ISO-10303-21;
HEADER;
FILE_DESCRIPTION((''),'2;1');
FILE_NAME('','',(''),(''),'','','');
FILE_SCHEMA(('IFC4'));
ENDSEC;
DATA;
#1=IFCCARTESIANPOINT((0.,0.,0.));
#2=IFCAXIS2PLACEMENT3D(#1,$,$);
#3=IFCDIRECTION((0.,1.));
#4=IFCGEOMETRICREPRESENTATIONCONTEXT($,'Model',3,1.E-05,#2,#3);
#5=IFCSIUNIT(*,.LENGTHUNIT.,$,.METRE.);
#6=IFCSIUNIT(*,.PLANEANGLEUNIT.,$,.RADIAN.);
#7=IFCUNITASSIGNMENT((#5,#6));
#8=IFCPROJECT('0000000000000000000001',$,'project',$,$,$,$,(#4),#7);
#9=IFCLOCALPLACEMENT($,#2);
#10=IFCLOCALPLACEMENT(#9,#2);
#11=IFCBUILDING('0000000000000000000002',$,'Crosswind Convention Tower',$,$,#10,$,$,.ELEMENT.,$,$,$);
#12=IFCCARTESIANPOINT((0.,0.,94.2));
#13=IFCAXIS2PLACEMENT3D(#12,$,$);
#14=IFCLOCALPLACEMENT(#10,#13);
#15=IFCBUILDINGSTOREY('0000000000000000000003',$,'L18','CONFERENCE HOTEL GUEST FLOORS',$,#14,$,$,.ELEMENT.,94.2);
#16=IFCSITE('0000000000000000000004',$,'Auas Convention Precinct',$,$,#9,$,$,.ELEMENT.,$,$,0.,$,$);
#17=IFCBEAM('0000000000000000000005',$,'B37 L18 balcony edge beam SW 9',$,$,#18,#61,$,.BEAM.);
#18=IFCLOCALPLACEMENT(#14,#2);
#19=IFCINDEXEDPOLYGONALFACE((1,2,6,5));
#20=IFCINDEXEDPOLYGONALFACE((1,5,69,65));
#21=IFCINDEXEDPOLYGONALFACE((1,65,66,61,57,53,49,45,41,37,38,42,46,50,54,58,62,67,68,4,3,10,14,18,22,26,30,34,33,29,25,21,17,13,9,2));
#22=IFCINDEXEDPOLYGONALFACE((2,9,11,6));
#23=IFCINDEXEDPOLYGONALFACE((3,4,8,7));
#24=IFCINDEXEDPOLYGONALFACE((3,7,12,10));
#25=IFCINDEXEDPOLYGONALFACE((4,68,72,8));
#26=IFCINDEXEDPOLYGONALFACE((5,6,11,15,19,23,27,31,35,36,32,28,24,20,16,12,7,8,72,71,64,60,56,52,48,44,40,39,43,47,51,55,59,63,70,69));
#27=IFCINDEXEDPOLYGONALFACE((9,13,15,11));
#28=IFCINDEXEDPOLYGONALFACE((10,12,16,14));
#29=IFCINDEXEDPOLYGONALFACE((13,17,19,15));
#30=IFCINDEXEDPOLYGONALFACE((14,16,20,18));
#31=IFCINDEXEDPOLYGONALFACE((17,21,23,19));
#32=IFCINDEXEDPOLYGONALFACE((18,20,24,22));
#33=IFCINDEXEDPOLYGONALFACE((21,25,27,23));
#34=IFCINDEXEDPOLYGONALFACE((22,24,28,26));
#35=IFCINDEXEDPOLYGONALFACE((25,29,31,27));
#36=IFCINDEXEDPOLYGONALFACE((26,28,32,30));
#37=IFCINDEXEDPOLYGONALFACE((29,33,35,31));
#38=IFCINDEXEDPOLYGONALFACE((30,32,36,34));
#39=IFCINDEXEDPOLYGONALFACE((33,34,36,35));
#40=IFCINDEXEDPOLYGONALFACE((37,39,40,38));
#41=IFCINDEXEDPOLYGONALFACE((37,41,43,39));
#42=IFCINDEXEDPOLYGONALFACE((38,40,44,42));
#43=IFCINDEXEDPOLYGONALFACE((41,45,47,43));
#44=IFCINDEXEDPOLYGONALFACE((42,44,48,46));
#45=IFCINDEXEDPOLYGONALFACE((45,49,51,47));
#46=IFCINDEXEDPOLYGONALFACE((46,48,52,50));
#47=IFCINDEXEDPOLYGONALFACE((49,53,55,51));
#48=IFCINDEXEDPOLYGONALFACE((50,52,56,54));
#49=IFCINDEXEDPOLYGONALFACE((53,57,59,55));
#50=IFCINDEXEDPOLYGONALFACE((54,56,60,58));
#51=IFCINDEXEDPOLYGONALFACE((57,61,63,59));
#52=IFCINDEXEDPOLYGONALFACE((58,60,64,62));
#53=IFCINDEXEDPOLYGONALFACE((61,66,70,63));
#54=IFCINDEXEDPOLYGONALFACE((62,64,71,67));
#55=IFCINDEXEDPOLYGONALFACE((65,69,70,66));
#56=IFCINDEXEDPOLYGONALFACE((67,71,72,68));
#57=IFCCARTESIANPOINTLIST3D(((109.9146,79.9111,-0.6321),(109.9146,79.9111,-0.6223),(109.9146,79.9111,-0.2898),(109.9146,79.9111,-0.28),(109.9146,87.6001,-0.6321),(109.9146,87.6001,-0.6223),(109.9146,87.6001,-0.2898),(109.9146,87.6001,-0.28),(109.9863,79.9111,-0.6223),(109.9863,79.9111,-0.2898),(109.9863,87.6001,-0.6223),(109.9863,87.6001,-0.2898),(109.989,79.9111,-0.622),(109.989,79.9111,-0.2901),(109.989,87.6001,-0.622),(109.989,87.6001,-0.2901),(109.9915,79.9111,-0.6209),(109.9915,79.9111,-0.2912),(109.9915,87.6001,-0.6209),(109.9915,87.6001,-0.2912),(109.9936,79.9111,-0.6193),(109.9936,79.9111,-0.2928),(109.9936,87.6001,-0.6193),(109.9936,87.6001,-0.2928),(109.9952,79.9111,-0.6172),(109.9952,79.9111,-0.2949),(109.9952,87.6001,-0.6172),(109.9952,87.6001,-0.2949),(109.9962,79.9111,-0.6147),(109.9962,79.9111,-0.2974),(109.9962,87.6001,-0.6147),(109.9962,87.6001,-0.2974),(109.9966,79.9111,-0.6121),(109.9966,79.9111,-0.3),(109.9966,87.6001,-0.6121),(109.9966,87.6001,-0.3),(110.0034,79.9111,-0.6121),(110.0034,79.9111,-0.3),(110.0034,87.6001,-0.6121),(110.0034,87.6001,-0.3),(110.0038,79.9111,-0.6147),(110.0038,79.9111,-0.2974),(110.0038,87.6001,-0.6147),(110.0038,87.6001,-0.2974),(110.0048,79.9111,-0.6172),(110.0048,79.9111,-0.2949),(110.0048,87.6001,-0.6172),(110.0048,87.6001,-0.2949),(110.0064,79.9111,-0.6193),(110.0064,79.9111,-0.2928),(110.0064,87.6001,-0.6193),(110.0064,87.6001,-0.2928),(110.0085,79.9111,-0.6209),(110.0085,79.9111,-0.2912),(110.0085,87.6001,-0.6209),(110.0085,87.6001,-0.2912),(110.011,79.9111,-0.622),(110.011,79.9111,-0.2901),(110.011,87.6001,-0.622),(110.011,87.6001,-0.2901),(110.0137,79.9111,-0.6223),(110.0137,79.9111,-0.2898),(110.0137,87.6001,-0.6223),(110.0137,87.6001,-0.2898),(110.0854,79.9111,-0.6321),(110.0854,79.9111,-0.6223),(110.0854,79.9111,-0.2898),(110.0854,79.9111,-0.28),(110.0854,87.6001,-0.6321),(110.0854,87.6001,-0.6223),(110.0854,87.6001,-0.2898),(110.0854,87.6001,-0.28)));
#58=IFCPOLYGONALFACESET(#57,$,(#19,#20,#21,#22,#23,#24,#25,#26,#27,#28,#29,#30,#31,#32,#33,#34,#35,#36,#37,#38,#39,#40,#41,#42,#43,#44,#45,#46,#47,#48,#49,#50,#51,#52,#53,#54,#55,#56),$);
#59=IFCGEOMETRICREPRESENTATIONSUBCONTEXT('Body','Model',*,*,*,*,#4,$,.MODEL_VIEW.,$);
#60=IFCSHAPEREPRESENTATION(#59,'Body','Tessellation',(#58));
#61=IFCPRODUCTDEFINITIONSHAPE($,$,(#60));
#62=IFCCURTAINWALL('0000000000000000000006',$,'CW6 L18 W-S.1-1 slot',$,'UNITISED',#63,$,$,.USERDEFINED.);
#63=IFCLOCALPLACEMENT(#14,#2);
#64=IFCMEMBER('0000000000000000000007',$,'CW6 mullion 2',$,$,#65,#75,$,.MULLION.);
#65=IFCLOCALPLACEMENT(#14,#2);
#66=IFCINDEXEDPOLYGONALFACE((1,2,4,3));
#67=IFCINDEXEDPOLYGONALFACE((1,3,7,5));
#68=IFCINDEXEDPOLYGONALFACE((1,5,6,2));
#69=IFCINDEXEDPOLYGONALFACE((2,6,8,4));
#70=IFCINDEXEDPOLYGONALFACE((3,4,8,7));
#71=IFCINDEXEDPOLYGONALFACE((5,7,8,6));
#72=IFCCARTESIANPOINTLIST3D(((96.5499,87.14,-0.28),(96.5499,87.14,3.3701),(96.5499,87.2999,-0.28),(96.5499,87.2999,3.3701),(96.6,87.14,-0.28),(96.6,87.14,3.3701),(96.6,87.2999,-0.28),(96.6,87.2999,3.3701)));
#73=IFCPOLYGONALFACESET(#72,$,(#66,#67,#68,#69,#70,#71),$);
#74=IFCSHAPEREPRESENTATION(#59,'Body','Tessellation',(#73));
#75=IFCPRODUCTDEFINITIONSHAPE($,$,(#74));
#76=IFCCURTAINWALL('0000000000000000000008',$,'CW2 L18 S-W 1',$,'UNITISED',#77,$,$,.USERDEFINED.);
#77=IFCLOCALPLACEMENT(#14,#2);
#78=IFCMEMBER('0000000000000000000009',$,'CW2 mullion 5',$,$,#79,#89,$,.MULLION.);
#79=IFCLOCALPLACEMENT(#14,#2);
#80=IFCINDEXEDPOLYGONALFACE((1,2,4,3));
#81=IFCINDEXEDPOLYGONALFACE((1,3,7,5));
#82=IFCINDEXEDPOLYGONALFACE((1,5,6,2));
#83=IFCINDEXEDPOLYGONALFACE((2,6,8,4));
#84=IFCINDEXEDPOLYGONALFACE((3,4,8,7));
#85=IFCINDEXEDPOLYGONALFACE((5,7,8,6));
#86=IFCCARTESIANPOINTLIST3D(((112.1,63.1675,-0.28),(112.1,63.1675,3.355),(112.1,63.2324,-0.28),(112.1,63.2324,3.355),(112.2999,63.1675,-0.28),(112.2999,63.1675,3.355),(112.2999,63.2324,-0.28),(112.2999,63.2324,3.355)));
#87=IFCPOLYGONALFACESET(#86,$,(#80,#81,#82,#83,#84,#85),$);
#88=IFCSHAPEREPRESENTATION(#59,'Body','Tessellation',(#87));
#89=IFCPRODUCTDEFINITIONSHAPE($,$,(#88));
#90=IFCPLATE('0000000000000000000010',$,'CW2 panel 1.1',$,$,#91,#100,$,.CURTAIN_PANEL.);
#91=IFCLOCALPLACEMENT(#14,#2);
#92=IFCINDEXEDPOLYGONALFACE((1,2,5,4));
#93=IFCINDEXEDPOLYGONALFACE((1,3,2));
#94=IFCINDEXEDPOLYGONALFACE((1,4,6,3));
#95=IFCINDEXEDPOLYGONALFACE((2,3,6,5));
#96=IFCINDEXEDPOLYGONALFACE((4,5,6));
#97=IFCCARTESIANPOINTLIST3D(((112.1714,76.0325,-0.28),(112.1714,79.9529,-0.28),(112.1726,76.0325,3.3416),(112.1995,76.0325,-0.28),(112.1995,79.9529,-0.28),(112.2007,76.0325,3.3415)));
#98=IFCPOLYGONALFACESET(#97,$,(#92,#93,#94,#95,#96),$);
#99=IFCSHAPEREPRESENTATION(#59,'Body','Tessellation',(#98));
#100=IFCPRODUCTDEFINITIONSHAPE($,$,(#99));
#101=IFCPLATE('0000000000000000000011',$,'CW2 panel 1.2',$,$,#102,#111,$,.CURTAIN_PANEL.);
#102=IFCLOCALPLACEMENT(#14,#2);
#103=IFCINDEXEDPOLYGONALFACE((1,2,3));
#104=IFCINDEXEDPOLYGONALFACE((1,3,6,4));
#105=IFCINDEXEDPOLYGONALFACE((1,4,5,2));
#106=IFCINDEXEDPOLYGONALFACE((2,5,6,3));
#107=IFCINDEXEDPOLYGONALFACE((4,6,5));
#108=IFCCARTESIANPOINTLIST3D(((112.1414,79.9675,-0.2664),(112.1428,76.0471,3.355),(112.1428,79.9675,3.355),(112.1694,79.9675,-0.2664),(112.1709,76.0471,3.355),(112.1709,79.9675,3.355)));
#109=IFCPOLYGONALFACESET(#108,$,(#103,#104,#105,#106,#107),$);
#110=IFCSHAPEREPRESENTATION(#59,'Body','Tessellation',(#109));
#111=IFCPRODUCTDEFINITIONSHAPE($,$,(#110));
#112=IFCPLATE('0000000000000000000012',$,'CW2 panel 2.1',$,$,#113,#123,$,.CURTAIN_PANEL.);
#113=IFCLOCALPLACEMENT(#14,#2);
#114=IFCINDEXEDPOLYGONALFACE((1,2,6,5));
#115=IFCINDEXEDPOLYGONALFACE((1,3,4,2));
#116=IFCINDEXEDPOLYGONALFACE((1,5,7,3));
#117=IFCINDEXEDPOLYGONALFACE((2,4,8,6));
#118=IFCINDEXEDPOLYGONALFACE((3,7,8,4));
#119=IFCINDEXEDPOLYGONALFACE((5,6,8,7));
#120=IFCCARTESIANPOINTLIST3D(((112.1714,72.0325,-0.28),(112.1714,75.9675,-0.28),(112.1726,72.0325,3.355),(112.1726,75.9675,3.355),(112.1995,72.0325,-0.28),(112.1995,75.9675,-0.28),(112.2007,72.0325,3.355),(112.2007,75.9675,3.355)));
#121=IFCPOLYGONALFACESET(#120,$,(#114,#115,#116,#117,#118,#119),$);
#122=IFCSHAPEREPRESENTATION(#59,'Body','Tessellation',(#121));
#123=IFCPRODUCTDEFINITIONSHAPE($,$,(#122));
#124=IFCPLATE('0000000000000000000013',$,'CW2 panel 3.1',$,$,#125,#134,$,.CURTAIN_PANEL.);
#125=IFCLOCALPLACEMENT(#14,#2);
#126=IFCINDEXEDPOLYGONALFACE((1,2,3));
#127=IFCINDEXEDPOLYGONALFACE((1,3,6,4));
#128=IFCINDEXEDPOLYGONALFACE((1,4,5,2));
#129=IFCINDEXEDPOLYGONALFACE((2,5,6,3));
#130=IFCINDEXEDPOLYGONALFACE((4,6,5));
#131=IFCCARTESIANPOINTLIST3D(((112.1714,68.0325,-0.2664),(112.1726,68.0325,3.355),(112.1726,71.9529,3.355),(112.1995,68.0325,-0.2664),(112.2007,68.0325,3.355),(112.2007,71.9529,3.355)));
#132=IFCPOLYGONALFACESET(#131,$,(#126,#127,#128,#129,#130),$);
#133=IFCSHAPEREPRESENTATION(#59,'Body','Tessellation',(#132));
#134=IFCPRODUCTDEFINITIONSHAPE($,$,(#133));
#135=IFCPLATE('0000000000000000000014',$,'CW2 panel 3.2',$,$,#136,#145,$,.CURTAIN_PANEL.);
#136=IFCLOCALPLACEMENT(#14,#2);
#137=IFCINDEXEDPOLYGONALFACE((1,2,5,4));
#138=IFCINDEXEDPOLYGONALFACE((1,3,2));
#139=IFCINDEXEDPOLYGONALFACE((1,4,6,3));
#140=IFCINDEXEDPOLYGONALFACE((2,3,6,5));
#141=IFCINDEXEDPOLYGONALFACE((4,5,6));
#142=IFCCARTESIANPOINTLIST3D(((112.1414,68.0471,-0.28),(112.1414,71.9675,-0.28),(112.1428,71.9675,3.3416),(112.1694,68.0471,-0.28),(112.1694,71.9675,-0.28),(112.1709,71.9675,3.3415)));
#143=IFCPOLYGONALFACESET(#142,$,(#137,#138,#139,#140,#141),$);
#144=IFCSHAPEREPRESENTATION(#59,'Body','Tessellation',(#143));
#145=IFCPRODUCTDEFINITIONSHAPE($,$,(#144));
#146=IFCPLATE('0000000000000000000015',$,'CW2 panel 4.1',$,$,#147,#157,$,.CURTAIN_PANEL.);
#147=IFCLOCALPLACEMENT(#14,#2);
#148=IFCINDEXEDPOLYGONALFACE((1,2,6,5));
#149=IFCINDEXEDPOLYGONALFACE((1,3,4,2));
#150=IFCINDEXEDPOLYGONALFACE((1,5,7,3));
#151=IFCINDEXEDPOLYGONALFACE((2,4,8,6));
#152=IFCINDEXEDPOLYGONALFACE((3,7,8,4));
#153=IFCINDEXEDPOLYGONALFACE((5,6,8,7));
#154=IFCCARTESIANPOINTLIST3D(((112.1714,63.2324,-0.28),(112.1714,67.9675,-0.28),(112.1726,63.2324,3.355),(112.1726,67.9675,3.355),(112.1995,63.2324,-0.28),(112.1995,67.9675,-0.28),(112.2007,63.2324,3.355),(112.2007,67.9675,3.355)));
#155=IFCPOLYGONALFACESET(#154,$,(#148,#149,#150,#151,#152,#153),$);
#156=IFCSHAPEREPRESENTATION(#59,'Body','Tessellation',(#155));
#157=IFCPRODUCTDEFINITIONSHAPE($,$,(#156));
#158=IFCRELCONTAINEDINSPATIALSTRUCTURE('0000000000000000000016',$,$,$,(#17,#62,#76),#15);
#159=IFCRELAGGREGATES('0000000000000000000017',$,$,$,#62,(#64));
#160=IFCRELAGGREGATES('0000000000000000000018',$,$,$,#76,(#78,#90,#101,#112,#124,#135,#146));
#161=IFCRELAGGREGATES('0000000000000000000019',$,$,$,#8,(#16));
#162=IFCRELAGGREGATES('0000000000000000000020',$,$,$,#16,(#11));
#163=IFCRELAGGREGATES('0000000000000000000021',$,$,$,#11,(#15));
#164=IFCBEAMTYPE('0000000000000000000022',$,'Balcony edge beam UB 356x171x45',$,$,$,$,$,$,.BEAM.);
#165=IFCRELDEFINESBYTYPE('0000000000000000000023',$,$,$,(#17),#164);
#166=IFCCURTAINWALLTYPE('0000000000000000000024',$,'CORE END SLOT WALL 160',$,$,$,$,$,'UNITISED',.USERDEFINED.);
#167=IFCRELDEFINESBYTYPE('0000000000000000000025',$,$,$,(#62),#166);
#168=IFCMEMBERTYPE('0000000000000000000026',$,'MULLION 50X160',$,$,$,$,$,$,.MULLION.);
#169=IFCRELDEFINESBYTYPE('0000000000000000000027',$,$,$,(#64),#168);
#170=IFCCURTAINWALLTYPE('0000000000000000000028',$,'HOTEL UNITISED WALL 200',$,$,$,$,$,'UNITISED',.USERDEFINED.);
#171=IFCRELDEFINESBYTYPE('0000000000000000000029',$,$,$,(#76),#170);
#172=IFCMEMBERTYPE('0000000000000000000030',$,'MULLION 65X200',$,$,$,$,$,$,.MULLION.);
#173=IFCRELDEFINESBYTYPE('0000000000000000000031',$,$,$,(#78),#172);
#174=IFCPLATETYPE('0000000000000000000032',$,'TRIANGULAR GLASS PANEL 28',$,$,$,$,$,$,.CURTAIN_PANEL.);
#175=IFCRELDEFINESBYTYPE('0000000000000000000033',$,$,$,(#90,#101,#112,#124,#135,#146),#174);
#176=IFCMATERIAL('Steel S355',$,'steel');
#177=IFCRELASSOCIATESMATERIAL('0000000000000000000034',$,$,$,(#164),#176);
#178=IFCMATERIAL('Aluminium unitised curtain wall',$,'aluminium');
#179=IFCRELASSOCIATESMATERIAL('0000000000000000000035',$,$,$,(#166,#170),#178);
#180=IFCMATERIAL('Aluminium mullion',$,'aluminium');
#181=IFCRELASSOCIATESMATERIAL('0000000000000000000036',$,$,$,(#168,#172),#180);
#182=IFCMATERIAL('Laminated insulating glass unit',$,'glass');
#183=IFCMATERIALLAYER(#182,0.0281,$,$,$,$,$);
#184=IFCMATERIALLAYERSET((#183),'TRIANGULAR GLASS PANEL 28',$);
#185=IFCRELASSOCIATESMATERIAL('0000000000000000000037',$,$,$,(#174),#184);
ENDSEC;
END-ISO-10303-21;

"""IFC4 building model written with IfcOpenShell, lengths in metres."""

from ifc_helpers import new_model, si_unit, direction, frame, origin, origin_2d, place, context, subcontext, project, spatial, polyline, rectangle, i_section, outline, extrude, material, layer, layer_set, material_profile, profile_set, type_object, element, aggregate, save


model = new_model("IFC4")

# Units and contexts
model_context = context("Model", 3, precision=1e-05, world=origin(), true_north=direction((0.0, 1.0)))
body_context = subcontext(model_context, "Body", "Model", "MODEL_VIEW")
ifc_project = project(units=[si_unit("LENGTHUNIT", "METRE"), si_unit("PLANEANGLEUNIT", "RADIAN")], contexts=[model_context])

# Site, building, storey
site_placement = place(None, origin())
site = spatial("IfcSite", under=ifc_project, at=site_placement, Name="Auas Convention Precinct", CompositionType="ELEMENT", RefElevation=0.0)
building_placement = place(site_placement, origin())
building = spatial("IfcBuilding", under=site, at=building_placement, Name="Crosswind Convention Tower", CompositionType="ELEMENT")
storey_placement = place(building_placement, frame((0.0, 0.0, 94.2)))
storey = spatial("IfcBuildingStorey", under=building, at=storey_placement, Name="L18", Description="CONFERENCE HOTEL GUEST FLOORS", CompositionType="ELEMENT", Elevation=94.2)

# Beam
ifc_material_1 = material(Name="Steel S355", Category="steel")
ifc_material_profile_1 = material_profile(ifc_material_1, i_section(OverallWidth=0.1709, OverallDepth=0.3521, WebThickness=0.0068, FlangeThickness=0.0098, FilletRadius=0.0103, at=origin_2d()), Name="UB 356x171x45")
ifc_profile_set_1 = profile_set([ifc_material_profile_1], Name="Steel S355")
beam_type = type_object("IfcBeamType", Name="Balcony edge beam UB 356x171x45", PredefinedType="BEAM", material=ifc_profile_set_1)
beam_placement = place(storey_placement, frame((110.0, 87.6001, -0.4561), z_axis=(0.0, -1.0, 0.0), x_axis=(1.0, 0.0, 0.0)))
element("IfcBeam", 1, at=beam_placement, inside=storey, type_object=beam_type, Name="B37 L18 balcony edge beam SW 9", PredefinedType="BEAM", context=body_context, shape_type="SweptSolid", body=[
    extrude(i_section(OverallWidth=0.1709, OverallDepth=0.3521, WebThickness=0.0068, FlangeThickness=0.0098, FilletRadius=0.0103, at=origin_2d()), origin(), (0.0, 0.0, 1.0), 7.689),
])

# Curtain wall, member
ifc_material_2 = material(Name="Aluminium unitised curtain wall", Category="aluminium")
curtain_wall_type_1 = type_object("IfcCurtainWallType", Name="CORE END SLOT WALL 160", ElementType="UNITISED", PredefinedType="USERDEFINED", material=ifc_material_2)
curtain_wall_1_placement = place(storey_placement, origin())
curtain_wall_1 = element("IfcCurtainWall", 2, at=curtain_wall_1_placement, inside=storey, type_object=curtain_wall_type_1, Name="CW6 L18 W-S.1-1 slot", ObjectType="UNITISED", PredefinedType="USERDEFINED")
ifc_material_3 = material(Name="Aluminium mullion", Category="aluminium")
ifc_material_profile_2 = material_profile(ifc_material_3, rectangle(XDim=0.1599, YDim=0.05, at=origin_2d()), Name="AL 160X50")
ifc_profile_set_2 = profile_set([ifc_material_profile_2], Name="Aluminium mullion")
member_type_1 = type_object("IfcMemberType", Name="MULLION 50X160", PredefinedType="MULLION", material=ifc_profile_set_2)
member_1_placement = place(storey_placement, frame((96.575, 87.22, -0.28), z_axis=(0.0, 0.0, 1.0), x_axis=(0.0, -1.0, 0.0)))
member_1 = element("IfcMember", 3, at=member_1_placement, type_object=member_type_1, Name="CW6 mullion 2", PredefinedType="MULLION", context=body_context, shape_type="SweptSolid", body=[
    extrude(rectangle(XDim=0.1599, YDim=0.05, at=origin_2d()), origin(), (0.0, 0.0, 1.0), 3.6501),
])
aggregate(curtain_wall_1, [member_1])

# Curtain wall, member, plates
curtain_wall_type_2 = type_object("IfcCurtainWallType", Name="HOTEL UNITISED WALL 200", ElementType="UNITISED", PredefinedType="USERDEFINED", material=ifc_material_2)
curtain_wall_2_placement = place(storey_placement, origin())
curtain_wall_2 = element("IfcCurtainWall", 4, at=curtain_wall_2_placement, inside=storey, type_object=curtain_wall_type_2, Name="CW2 L18 S-W 1", ObjectType="UNITISED", PredefinedType="USERDEFINED")
ifc_material_profile_3 = material_profile(ifc_material_3, rectangle(XDim=0.2, YDim=0.0649, at=origin_2d()), Name="AL 200X65")
ifc_profile_set_3 = profile_set([ifc_material_profile_3], Name="Aluminium mullion")
member_type_2 = type_object("IfcMemberType", Name="MULLION 65X200", PredefinedType="MULLION", material=ifc_profile_set_3)
member_2_placement = place(storey_placement, frame((112.2, 63.2, -0.28), z_axis=(0.0, 0.0, 1.0), x_axis=(-1.0, 0.0, 0.0)))
member_2 = element("IfcMember", 5, at=member_2_placement, type_object=member_type_2, Name="CW2 mullion 5", PredefinedType="MULLION", context=body_context, shape_type="SweptSolid", body=[
    extrude(rectangle(XDim=0.2, YDim=0.0649, at=origin_2d()), origin(), (0.0, 0.0, 1.0), 3.635),
])
ifc_material_4 = material(Name="Laminated insulating glass unit", Category="glass")
ifc_layer_1 = layer(ifc_material_4, 0.0281)
ifc_layer_set_1 = layer_set([ifc_layer_1], Name="TRIANGULAR GLASS PANEL 28")
plate_type = type_object("IfcPlateType", Name="TRIANGULAR GLASS PANEL 28", PredefinedType="CURTAIN_PANEL", material=ifc_layer_set_1)
plate_1_placement = place(storey_placement, frame((112.1714, 76.0325, -0.28), z_axis=(-1.0, 0.0, 0.000337), x_axis=(0.000337, 0.0, 1.0)))
plate_1 = element("IfcPlate", 6, at=plate_1_placement, type_object=plate_type, Name="CW2 panel 1.1", PredefinedType="CURTAIN_PANEL", context=body_context, shape_type="SweptSolid", body=[
    extrude(outline(polyline([(0.0, 0.0), (3.6216, 0.0), (0.0, 3.9204), (0.0, 0.0)])), origin(), (0.0, 0.0, -1.0), 0.0281),
])
plate_2_placement = place(storey_placement, frame((112.1428, 79.9675, 3.355), z_axis=(-1.0, 0.0, 0.000405), x_axis=(-0.000405, 0.0, -1.0)))
plate_2 = element("IfcPlate", 7, at=plate_2_placement, type_object=plate_type, Name="CW2 panel 1.2", PredefinedType="CURTAIN_PANEL", context=body_context, shape_type="SweptSolid", body=[
    extrude(outline(polyline([(0.0, 0.0), (3.6213, 0.0), (0.0, 3.9204), (0.0, 0.0)])), origin(), (0.0, 0.0, -1.0), 0.0281),
])
plate_3_placement = place(storey_placement, frame((112.1714, 75.9675, -0.28), z_axis=(-1.0, 0.0, 0.000336), x_axis=(0.0, -1.0, 0.0)))
plate_3 = element("IfcPlate", 8, at=plate_3_placement, type_object=plate_type, Name="CW2 panel 2.1", PredefinedType="CURTAIN_PANEL", context=body_context, shape_type="SweptSolid", body=[
    extrude(outline(polyline([(0.0, 0.0), (3.9351, 0.0), (3.9351, 3.635), (0.0, 3.635), (0.0, 0.0)])), origin(), (0.0, 0.0, -1.0), 0.0281),
])
plate_4_placement = place(storey_placement, frame((112.1726, 68.0325, 3.355), z_axis=(-1.0, 0.0, 0.000337), x_axis=(0.0, 1.0, 0.0)))
plate_4 = element("IfcPlate", 9, at=plate_4_placement, type_object=plate_type, Name="CW2 panel 3.1", PredefinedType="CURTAIN_PANEL", context=body_context, shape_type="SweptSolid", body=[
    extrude(outline(polyline([(0.0, 0.0), (3.9204, 0.0), (0.0, 3.6213), (0.0, 0.0)])), origin(), (0.0, 0.0, -1.0), 0.0281),
])
plate_5_placement = place(storey_placement, frame((112.1414, 71.9675, -0.28), z_axis=(-1.0, 0.0, 0.000404), x_axis=(0.0, -1.0, 0.0)))
plate_5 = element("IfcPlate", 10, at=plate_5_placement, type_object=plate_type, Name="CW2 panel 3.2", PredefinedType="CURTAIN_PANEL", context=body_context, shape_type="SweptSolid", body=[
    extrude(outline(polyline([(0.0, 0.0), (3.9204, 0.0), (0.0, 3.6216), (0.0, 0.0)])), origin(), (0.0, 0.0, -1.0), 0.0281),
])
plate_6_placement = place(storey_placement, frame((112.1714, 67.9675, -0.28), z_axis=(-1.0, 0.0, 0.000336), x_axis=(0.0, -1.0, 0.0)))
plate_6 = element("IfcPlate", 11, at=plate_6_placement, type_object=plate_type, Name="CW2 panel 4.1", PredefinedType="CURTAIN_PANEL", context=body_context, shape_type="SweptSolid", body=[
    extrude(outline(polyline([(0.0, 0.0), (4.7351, 0.0), (4.7351, 3.635), (0.0, 3.635), (0.0, 0.0)])), origin(), (0.0, 0.0, -1.0), 0.0281),
])

aggregate(curtain_wall_2, [member_2, plate_1, plate_2, plate_3, plate_4, plate_5, plate_6])

save(model, "model.ifc")
